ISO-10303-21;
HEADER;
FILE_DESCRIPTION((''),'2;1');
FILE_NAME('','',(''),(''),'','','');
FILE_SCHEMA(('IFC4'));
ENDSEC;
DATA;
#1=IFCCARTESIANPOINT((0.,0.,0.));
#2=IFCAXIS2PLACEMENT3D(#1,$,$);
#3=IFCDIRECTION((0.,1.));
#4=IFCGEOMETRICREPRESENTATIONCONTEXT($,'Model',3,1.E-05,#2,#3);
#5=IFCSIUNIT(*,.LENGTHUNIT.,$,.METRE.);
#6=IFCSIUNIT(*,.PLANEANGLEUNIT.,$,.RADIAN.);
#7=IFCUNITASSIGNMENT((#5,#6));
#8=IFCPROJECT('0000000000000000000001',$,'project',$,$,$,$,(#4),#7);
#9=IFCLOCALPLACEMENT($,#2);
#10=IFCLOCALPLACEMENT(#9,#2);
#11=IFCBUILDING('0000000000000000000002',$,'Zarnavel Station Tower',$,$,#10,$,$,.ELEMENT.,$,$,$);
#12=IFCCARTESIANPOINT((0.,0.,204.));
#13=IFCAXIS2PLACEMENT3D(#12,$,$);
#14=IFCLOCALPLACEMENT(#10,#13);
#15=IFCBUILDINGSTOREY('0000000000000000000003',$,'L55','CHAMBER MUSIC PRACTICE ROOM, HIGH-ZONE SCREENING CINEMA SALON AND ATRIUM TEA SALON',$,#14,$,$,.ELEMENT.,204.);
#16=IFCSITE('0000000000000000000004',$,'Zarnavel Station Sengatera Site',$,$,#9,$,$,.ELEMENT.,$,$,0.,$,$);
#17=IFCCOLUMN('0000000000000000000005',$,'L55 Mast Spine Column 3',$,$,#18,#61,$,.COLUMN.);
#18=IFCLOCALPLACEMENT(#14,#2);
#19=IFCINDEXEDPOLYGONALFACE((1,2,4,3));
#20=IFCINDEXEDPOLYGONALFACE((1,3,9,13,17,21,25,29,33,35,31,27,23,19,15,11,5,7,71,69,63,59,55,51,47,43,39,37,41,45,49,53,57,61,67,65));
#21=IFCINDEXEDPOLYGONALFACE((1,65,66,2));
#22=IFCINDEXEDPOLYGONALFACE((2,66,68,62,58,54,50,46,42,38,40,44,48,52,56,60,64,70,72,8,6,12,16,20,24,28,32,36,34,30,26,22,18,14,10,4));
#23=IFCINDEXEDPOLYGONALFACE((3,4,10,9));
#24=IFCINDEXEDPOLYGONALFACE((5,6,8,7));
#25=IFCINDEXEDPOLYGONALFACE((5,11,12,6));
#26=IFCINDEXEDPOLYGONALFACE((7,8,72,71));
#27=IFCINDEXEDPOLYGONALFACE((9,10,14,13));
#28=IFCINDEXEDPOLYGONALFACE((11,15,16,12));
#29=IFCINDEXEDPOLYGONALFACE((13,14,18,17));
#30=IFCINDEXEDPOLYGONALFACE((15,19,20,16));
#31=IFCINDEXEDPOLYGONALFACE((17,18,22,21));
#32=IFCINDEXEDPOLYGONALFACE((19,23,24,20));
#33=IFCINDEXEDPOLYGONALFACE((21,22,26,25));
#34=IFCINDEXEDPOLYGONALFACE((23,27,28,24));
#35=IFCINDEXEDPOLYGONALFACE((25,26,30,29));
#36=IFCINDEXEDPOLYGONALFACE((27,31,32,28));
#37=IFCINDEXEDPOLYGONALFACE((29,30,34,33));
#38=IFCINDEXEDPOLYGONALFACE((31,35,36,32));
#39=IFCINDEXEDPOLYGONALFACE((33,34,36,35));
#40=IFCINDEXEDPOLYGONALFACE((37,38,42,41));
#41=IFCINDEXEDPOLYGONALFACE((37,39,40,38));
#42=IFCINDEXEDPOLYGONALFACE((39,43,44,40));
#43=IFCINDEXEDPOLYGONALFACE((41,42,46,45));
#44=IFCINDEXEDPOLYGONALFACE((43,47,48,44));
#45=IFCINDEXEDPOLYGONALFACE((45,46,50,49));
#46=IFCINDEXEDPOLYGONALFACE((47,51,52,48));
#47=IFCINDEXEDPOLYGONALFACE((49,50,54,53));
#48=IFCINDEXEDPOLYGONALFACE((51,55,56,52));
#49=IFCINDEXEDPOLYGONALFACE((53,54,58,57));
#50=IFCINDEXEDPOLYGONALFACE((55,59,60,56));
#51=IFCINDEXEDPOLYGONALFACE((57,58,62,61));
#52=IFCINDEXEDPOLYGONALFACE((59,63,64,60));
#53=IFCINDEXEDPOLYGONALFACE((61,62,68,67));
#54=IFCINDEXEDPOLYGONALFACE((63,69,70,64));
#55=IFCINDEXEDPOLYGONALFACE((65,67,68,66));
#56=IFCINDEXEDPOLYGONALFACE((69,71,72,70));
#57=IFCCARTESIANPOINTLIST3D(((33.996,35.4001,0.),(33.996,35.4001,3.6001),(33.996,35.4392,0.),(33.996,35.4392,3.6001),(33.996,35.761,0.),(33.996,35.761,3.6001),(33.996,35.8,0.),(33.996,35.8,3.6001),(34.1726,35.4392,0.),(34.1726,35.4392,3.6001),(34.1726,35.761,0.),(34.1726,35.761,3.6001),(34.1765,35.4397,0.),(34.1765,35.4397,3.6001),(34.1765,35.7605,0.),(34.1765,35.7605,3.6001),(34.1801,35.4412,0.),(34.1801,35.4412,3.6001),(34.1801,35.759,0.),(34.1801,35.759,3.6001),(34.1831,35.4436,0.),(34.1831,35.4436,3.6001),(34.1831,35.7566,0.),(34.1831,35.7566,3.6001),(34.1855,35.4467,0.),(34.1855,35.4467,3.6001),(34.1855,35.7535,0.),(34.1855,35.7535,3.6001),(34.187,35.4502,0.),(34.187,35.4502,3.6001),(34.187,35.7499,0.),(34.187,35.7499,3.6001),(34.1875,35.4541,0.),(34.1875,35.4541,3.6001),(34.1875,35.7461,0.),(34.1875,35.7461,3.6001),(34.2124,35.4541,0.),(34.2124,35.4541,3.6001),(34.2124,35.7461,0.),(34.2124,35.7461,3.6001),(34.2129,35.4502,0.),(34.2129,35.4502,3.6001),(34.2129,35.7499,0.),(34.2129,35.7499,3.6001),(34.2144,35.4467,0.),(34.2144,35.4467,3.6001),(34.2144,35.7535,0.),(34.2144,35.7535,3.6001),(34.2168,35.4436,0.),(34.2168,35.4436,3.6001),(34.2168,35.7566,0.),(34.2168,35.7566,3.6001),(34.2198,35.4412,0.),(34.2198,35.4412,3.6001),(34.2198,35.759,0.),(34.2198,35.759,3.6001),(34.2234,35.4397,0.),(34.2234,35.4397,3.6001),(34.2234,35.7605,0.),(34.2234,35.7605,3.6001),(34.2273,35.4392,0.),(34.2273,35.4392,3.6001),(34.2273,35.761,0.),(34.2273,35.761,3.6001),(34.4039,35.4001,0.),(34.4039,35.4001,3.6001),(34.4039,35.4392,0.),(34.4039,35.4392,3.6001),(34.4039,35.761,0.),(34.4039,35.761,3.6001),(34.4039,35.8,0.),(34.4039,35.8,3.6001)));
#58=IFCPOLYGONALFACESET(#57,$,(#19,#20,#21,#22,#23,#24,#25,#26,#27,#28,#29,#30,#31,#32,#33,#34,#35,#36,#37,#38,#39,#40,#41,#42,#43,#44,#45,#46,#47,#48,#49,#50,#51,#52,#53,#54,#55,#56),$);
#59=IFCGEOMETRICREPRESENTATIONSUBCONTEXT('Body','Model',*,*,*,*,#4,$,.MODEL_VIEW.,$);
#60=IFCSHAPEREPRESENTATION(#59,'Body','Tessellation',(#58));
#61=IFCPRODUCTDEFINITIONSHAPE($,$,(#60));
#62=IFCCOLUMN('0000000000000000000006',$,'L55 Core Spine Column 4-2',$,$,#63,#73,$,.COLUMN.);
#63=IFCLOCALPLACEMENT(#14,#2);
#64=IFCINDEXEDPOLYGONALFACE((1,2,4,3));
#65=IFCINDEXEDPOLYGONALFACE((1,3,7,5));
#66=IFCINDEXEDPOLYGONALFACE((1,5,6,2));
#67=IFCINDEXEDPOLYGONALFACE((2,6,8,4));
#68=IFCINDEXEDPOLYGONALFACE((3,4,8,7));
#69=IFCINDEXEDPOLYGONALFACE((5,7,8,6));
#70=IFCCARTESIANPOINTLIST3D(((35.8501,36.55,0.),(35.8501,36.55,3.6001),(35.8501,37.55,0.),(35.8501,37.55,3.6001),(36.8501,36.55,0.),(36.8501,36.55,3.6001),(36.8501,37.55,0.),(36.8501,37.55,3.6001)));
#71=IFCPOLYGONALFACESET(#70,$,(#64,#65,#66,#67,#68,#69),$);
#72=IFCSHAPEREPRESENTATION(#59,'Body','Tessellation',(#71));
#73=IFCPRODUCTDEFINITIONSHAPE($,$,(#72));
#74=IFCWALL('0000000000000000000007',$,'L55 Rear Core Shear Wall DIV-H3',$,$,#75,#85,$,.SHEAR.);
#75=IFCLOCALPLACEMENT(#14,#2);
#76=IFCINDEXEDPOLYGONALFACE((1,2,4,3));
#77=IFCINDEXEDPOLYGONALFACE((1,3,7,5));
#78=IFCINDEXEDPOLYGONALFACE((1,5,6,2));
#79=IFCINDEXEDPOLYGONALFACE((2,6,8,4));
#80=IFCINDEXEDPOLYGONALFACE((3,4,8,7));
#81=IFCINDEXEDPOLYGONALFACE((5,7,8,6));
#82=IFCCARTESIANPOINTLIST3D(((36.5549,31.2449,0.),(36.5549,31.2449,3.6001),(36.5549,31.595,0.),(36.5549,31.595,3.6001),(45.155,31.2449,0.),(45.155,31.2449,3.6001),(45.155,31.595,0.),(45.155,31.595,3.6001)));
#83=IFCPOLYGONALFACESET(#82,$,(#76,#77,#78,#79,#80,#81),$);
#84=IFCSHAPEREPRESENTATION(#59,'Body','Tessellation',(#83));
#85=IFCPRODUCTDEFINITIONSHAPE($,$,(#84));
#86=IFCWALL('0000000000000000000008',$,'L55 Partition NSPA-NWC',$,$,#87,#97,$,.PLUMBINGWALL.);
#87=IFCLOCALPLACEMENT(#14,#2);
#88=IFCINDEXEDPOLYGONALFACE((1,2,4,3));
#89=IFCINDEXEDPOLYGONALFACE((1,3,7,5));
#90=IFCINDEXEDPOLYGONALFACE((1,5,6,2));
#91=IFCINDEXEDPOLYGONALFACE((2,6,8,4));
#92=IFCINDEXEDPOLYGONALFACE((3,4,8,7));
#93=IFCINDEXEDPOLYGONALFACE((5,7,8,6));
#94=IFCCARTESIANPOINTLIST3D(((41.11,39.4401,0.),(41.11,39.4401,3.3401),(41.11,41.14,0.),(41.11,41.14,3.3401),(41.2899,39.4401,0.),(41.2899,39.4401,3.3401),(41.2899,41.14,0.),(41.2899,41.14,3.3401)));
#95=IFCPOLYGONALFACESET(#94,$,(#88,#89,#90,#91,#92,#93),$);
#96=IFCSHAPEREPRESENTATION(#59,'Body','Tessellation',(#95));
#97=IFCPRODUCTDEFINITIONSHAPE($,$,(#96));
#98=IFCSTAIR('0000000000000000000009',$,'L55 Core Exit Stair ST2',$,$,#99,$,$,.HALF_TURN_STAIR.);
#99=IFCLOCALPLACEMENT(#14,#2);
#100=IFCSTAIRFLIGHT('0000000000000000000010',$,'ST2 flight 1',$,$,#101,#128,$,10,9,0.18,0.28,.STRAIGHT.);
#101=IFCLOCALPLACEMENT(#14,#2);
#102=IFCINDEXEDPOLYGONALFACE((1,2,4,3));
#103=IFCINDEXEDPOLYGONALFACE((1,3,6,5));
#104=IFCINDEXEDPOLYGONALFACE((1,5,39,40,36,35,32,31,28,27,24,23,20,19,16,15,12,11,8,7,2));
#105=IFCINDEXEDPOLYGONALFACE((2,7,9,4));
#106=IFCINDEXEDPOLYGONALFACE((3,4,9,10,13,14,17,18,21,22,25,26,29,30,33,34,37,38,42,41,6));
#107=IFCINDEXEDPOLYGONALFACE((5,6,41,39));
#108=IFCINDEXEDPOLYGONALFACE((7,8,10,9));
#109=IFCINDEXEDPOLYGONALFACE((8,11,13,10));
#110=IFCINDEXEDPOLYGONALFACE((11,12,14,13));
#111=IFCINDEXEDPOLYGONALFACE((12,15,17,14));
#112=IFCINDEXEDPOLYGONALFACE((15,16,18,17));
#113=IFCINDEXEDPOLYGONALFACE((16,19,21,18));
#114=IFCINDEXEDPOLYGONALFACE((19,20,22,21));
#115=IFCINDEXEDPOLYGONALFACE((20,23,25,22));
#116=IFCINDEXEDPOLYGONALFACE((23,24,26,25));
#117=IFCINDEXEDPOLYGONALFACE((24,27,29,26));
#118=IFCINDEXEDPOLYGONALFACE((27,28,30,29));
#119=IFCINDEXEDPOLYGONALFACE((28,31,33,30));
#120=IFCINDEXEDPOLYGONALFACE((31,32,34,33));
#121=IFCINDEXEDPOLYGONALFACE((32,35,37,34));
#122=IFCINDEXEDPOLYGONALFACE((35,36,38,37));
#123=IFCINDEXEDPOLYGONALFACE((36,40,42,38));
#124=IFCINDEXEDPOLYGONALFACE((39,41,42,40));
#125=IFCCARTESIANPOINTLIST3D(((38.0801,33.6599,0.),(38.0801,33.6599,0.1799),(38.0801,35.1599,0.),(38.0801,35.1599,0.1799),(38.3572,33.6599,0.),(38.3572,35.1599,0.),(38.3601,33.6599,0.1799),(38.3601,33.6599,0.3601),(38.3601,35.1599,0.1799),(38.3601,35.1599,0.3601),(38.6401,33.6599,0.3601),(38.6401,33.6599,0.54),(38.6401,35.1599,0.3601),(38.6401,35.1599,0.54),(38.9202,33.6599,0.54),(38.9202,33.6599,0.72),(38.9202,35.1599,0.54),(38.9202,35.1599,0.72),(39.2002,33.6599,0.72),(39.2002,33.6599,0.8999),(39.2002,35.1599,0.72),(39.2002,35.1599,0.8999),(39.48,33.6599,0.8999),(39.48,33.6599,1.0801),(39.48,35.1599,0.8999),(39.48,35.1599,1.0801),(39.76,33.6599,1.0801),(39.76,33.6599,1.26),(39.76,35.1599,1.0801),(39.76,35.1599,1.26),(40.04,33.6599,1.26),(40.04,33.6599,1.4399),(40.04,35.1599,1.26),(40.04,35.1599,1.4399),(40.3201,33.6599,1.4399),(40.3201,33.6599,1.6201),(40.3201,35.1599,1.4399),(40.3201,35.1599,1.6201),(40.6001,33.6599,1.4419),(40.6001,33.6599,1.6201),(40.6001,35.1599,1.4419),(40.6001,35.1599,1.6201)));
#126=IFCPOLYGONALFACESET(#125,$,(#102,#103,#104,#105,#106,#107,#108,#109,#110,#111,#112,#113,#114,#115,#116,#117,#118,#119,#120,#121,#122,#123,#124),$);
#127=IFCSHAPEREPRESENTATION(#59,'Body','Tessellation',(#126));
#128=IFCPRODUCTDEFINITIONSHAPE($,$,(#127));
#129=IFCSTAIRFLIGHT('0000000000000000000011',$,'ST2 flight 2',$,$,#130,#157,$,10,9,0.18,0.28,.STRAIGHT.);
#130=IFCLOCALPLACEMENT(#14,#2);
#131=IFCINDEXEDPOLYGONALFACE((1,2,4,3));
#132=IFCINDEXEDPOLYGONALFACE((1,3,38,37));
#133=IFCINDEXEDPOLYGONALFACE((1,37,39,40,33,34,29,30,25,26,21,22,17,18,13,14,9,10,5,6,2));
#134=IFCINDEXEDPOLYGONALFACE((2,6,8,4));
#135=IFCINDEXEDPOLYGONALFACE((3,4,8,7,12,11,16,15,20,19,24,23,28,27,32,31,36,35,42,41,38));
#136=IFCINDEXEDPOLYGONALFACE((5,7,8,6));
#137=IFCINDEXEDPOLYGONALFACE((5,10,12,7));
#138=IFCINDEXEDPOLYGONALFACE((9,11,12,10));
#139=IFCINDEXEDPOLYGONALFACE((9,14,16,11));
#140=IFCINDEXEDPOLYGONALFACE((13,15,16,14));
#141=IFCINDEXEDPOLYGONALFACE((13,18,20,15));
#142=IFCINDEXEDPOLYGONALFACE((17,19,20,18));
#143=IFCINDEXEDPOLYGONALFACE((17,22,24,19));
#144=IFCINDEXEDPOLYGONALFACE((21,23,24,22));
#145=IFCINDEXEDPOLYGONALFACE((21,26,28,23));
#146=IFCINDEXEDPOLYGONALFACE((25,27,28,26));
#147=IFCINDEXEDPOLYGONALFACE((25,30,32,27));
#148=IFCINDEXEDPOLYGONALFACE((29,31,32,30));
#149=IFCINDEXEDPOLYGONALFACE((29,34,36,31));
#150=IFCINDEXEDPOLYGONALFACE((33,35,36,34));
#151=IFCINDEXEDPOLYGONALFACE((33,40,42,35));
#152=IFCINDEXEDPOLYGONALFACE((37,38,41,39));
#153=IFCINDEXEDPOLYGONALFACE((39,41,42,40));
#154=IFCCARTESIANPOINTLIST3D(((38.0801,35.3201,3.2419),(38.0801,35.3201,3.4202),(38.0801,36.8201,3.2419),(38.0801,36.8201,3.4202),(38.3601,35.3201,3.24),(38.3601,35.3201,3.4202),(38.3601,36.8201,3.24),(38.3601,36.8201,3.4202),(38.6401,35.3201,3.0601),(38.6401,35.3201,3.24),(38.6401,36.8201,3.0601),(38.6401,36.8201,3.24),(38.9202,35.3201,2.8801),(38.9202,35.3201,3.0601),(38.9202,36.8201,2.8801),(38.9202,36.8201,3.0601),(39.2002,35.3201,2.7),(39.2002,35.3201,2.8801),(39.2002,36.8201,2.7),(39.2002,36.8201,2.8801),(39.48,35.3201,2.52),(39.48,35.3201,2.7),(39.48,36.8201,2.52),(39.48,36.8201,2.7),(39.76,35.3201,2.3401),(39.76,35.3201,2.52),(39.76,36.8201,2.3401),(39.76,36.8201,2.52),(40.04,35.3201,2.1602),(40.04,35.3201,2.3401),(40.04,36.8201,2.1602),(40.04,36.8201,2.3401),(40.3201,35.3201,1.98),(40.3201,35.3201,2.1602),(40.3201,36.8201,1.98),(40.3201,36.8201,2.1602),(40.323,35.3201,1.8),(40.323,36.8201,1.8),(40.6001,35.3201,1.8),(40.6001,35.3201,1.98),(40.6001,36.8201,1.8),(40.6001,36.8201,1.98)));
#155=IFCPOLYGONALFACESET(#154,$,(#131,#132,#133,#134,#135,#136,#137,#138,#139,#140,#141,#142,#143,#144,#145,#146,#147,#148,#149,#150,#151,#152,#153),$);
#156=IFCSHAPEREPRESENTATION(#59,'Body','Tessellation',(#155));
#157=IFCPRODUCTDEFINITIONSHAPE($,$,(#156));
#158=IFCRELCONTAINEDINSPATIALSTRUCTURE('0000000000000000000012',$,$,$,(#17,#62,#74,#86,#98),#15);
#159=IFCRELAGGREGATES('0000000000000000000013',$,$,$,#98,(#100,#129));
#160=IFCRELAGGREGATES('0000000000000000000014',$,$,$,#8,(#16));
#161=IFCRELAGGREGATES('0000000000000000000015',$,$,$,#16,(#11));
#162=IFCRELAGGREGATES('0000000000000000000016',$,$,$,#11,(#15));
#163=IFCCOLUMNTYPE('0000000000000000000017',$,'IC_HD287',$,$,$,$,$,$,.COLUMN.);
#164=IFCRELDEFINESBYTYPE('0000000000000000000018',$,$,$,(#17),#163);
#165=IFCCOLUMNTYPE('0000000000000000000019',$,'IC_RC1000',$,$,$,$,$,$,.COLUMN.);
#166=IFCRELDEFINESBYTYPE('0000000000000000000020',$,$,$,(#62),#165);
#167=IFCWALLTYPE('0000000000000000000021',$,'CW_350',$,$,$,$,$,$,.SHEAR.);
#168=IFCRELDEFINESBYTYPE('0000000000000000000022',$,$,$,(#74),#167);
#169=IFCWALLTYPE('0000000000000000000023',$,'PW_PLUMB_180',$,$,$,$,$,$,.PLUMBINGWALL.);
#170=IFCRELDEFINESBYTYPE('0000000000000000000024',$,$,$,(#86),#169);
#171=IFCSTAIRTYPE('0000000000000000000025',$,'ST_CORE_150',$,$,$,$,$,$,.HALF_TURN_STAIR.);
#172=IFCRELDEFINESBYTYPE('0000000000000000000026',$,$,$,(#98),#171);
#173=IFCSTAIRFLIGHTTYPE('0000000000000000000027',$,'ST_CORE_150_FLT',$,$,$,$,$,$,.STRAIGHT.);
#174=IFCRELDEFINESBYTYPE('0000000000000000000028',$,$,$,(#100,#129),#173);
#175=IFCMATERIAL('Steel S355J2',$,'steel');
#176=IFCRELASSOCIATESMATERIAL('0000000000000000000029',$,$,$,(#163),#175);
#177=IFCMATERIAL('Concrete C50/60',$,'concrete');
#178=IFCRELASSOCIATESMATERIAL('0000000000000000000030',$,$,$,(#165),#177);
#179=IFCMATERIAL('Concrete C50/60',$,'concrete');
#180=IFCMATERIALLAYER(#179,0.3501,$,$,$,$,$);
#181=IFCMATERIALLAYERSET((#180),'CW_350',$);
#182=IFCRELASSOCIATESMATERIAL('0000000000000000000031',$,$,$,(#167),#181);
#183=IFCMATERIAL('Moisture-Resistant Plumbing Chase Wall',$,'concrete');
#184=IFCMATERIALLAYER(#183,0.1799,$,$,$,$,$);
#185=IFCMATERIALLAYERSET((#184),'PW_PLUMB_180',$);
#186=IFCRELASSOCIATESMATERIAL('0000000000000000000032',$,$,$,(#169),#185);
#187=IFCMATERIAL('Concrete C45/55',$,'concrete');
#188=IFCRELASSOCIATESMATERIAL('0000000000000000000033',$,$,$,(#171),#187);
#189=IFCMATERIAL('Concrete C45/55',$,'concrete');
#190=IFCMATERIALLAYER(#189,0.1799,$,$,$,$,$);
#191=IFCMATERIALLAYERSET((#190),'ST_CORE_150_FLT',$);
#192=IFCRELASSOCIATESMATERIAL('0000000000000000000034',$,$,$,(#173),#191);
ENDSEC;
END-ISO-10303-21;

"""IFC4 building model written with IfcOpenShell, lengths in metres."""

from ifc_helpers import new_model, si_unit, direction, frame, frame_2d, origin, origin_2d, place, context, subcontext, project, spatial, polyline, rectangle, i_section, outline, extrude, material, layer, layer_set, material_profile, profile_set, type_object, element, aggregate, save


model = new_model("IFC4")

# Units and contexts
model_context = context("Model", 3, precision=1e-05, world=origin(), true_north=direction((0.0, 1.0)))
body_context = subcontext(model_context, "Body", "Model", "MODEL_VIEW")
ifc_project = project(units=[si_unit("LENGTHUNIT", "METRE"), si_unit("PLANEANGLEUNIT", "RADIAN")], contexts=[model_context])

# Site, building, storey
site_placement = place(None, origin())
site = spatial("IfcSite", under=ifc_project, at=site_placement, Name="Zarnavel Station Sengatera Site", CompositionType="ELEMENT", RefElevation=0.0)
building_placement = place(site_placement, origin())
building = spatial("IfcBuilding", under=site, at=building_placement, Name="Zarnavel Station Tower", CompositionType="ELEMENT")
storey_placement = place(building_placement, frame((0.0, 0.0, 204.0)))
storey = spatial("IfcBuildingStorey", under=building, at=storey_placement, Name="L55", Description="CHAMBER MUSIC PRACTICE ROOM, HIGH-ZONE SCREENING CINEMA SALON AND ATRIUM TEA SALON", CompositionType="ELEMENT", Elevation=204.0)

# Columns
ifc_material_1 = material(Name="Steel S355J2", Category="steel")
ifc_material_profile_1 = material_profile(ifc_material_1, i_section(OverallWidth=0.408, OverallDepth=0.3999, WebThickness=0.0249, FlangeThickness=0.0391, FilletRadius=0.0149, at=origin_2d()), Name="HD400x287")
ifc_profile_set_1 = profile_set([ifc_material_profile_1], Name="Steel S355J2")
column_type_1 = type_object("IfcColumnType", Name="IC_HD287", PredefinedType="COLUMN", material=ifc_profile_set_1)
column_1_placement = place(storey_placement, frame((34.2, 35.6001, 0.0), z_axis=(0.0, 0.0, 1.0), x_axis=(1.0, 0.0, 0.0)))
element("IfcColumn", 1, at=column_1_placement, inside=storey, type_object=column_type_1, Name="L55 Mast Spine Column 3", PredefinedType="COLUMN", context=body_context, shape_type="SweptSolid", body=[
    extrude(i_section(OverallWidth=0.408, OverallDepth=0.3999, WebThickness=0.0249, FlangeThickness=0.0391, FilletRadius=0.0149, at=origin_2d()), origin(), (0.0, 0.0, 1.0), 3.6001),
])
ifc_material_2 = material(Name="Concrete C50/60", Category="concrete")
ifc_material_profile_2 = material_profile(ifc_material_2, rectangle(XDim=1.0, YDim=1.0, at=origin_2d()), Name="RC1000x1000")
ifc_profile_set_2 = profile_set([ifc_material_profile_2], Name="Concrete C50/60")
column_type_2 = type_object("IfcColumnType", Name="IC_RC1000", PredefinedType="COLUMN", material=ifc_profile_set_2)
column_2_placement = place(storey_placement, frame((36.3501, 37.05, 0.0), z_axis=(0.0, 0.0, 1.0), x_axis=(1.0, 0.0, 0.0)))
element("IfcColumn", 2, at=column_2_placement, inside=storey, type_object=column_type_2, Name="L55 Core Spine Column 4-2", PredefinedType="COLUMN", context=body_context, shape_type="SweptSolid", body=[
    extrude(rectangle(XDim=1.0, YDim=1.0, at=origin_2d()), origin(), (0.0, 0.0, 1.0), 3.6001),
])

# Wall
ifc_material_3 = material(Name="Concrete C50/60", Category="concrete")
ifc_layer_1 = layer(ifc_material_3, 0.3501)
ifc_layer_set_1 = layer_set([ifc_layer_1], Name="CW_350")
wall_type_1 = type_object("IfcWallType", Name="CW_350", PredefinedType="SHEAR", material=ifc_layer_set_1)
wall_1_placement = place(storey_placement, frame((36.5549, 31.4199, 0.0), z_axis=(0.0, 0.0, 1.0), x_axis=(1.0, 0.0, 0.0)))
element("IfcWall", 3, at=wall_1_placement, inside=storey, type_object=wall_type_1, Name="L55 Rear Core Shear Wall DIV-H3", PredefinedType="SHEAR", context=body_context, shape_type="SweptSolid", body=[
    extrude(rectangle(XDim=8.6001, YDim=0.3501, at=frame_2d((4.3, 0.0))), origin(), (0.0, 0.0, 1.0), 3.6001),
])

# Wall
ifc_material_4 = material(Name="Moisture-Resistant Plumbing Chase Wall", Category="concrete")
ifc_layer_2 = layer(ifc_material_4, 0.1799)
ifc_layer_set_2 = layer_set([ifc_layer_2], Name="PW_PLUMB_180")
wall_type_2 = type_object("IfcWallType", Name="PW_PLUMB_180", PredefinedType="PLUMBINGWALL", material=ifc_layer_set_2)
wall_2_placement = place(storey_placement, frame((41.2, 39.4399, 0.0), z_axis=(0.0, 0.0, 1.0), x_axis=(0.0, 1.0, 0.0)))
element("IfcWall", 4, at=wall_2_placement, inside=storey, type_object=wall_type_2, Name="L55 Partition NSPA-NWC", PredefinedType="PLUMBINGWALL", context=body_context, shape_type="SweptSolid", body=[
    extrude(rectangle(XDim=1.7, YDim=0.1799, at=frame_2d((0.8501, 0.0))), origin(), (0.0, 0.0, 1.0), 3.3401),
])

# Stair, stair flights
ifc_material_5 = material(Name="Concrete C45/55", Category="concrete")
stair_type = type_object("IfcStairType", Name="ST_CORE_150", PredefinedType="HALF_TURN_STAIR", material=ifc_material_5)
stair_placement = place(storey_placement, origin())
stair = element("IfcStair", 5, at=stair_placement, inside=storey, type_object=stair_type, Name="L55 Core Exit Stair ST2", PredefinedType="HALF_TURN_STAIR")
ifc_material_6 = material(Name="Concrete C45/55", Category="concrete")
ifc_layer_3 = layer(ifc_material_6, 0.1799)
ifc_layer_set_3 = layer_set([ifc_layer_3], Name="ST_CORE_150_FLT")
stair_flight_type = type_object("IfcStairFlightType", Name="ST_CORE_150_FLT", PredefinedType="STRAIGHT", material=ifc_layer_set_3)
stair_flight_1_placement = place(storey_placement, frame((38.0801, 34.4099, 0.0), z_axis=(0.0, 0.0, 1.0), x_axis=(1.0, 0.0, 0.0)))
stair_flight_1 = element("IfcStairFlight", 6, at=stair_flight_1_placement, type_object=stair_flight_type, Name="ST2 flight 1", NumberOfRisers=10, NumberOfTreads=9, PredefinedType="STRAIGHT", RiserHeight=0.18, TreadLength=0.28, context=body_context, shape_type="SweptSolid", body=[
    extrude(outline(polyline([(0.0, 0.0), (0.0, 0.1799), (0.28, 0.1799), (0.28, 0.3601), (0.5601, 0.3601), (0.5601, 0.54), (0.8401, 0.54), (0.8401, 0.72), (1.1201, 0.72), (1.1201, 0.8999), (1.3999, 0.8999), (1.3999, 1.0801), (1.6799, 1.0801), (1.6799, 1.26), (1.96, 1.26), (1.96, 1.4399), (2.24, 1.4399), (2.24, 1.6201), (2.52, 1.6201), (2.52, 1.8), (2.52, 1.4419), (0.2771, 0.0), (0.0, 0.0)])), frame((0.0, 0.75, 0.0), z_axis=(0.0, -1.0, 0.0), x_axis=(1.0, 0.0, 0.0)), (0.0, 0.0, 1.0), 1.5),
])
stair_flight_2_placement = place(storey_placement, frame((40.6001, 36.0701, 1.8), z_axis=(0.0, 0.0, 1.0), x_axis=(-1.0, 0.0, 0.0)))
stair_flight_2 = element("IfcStairFlight", 7, at=stair_flight_2_placement, type_object=stair_flight_type, Name="ST2 flight 2", NumberOfRisers=10, NumberOfTreads=9, PredefinedType="STRAIGHT", RiserHeight=0.18, TreadLength=0.28, context=body_context, shape_type="SweptSolid", body=[
    extrude(outline(polyline([(0.0, 0.0), (0.0, 0.1799), (0.28, 0.1799), (0.28, 0.3601), (0.5601, 0.3601), (0.5601, 0.54), (0.8401, 0.54), (0.8401, 0.72), (1.1201, 0.72), (1.1201, 0.8999), (1.3999, 0.8999), (1.3999, 1.0801), (1.6799, 1.0801), (1.6799, 1.26), (1.96, 1.26), (1.96, 1.4399), (2.24, 1.4399), (2.24, 1.6201), (2.52, 1.6201), (2.52, 1.8), (2.52, 1.4419), (0.2771, 0.0), (0.0, 0.0)])), frame((0.0, 0.75, 0.0), z_axis=(0.0, -1.0, 0.0), x_axis=(1.0, 0.0, 0.0)), (0.0, 0.0, 1.0), 1.5),
])
aggregate(stair, [stair_flight_1, stair_flight_2])

save(model, "model.ifc")
